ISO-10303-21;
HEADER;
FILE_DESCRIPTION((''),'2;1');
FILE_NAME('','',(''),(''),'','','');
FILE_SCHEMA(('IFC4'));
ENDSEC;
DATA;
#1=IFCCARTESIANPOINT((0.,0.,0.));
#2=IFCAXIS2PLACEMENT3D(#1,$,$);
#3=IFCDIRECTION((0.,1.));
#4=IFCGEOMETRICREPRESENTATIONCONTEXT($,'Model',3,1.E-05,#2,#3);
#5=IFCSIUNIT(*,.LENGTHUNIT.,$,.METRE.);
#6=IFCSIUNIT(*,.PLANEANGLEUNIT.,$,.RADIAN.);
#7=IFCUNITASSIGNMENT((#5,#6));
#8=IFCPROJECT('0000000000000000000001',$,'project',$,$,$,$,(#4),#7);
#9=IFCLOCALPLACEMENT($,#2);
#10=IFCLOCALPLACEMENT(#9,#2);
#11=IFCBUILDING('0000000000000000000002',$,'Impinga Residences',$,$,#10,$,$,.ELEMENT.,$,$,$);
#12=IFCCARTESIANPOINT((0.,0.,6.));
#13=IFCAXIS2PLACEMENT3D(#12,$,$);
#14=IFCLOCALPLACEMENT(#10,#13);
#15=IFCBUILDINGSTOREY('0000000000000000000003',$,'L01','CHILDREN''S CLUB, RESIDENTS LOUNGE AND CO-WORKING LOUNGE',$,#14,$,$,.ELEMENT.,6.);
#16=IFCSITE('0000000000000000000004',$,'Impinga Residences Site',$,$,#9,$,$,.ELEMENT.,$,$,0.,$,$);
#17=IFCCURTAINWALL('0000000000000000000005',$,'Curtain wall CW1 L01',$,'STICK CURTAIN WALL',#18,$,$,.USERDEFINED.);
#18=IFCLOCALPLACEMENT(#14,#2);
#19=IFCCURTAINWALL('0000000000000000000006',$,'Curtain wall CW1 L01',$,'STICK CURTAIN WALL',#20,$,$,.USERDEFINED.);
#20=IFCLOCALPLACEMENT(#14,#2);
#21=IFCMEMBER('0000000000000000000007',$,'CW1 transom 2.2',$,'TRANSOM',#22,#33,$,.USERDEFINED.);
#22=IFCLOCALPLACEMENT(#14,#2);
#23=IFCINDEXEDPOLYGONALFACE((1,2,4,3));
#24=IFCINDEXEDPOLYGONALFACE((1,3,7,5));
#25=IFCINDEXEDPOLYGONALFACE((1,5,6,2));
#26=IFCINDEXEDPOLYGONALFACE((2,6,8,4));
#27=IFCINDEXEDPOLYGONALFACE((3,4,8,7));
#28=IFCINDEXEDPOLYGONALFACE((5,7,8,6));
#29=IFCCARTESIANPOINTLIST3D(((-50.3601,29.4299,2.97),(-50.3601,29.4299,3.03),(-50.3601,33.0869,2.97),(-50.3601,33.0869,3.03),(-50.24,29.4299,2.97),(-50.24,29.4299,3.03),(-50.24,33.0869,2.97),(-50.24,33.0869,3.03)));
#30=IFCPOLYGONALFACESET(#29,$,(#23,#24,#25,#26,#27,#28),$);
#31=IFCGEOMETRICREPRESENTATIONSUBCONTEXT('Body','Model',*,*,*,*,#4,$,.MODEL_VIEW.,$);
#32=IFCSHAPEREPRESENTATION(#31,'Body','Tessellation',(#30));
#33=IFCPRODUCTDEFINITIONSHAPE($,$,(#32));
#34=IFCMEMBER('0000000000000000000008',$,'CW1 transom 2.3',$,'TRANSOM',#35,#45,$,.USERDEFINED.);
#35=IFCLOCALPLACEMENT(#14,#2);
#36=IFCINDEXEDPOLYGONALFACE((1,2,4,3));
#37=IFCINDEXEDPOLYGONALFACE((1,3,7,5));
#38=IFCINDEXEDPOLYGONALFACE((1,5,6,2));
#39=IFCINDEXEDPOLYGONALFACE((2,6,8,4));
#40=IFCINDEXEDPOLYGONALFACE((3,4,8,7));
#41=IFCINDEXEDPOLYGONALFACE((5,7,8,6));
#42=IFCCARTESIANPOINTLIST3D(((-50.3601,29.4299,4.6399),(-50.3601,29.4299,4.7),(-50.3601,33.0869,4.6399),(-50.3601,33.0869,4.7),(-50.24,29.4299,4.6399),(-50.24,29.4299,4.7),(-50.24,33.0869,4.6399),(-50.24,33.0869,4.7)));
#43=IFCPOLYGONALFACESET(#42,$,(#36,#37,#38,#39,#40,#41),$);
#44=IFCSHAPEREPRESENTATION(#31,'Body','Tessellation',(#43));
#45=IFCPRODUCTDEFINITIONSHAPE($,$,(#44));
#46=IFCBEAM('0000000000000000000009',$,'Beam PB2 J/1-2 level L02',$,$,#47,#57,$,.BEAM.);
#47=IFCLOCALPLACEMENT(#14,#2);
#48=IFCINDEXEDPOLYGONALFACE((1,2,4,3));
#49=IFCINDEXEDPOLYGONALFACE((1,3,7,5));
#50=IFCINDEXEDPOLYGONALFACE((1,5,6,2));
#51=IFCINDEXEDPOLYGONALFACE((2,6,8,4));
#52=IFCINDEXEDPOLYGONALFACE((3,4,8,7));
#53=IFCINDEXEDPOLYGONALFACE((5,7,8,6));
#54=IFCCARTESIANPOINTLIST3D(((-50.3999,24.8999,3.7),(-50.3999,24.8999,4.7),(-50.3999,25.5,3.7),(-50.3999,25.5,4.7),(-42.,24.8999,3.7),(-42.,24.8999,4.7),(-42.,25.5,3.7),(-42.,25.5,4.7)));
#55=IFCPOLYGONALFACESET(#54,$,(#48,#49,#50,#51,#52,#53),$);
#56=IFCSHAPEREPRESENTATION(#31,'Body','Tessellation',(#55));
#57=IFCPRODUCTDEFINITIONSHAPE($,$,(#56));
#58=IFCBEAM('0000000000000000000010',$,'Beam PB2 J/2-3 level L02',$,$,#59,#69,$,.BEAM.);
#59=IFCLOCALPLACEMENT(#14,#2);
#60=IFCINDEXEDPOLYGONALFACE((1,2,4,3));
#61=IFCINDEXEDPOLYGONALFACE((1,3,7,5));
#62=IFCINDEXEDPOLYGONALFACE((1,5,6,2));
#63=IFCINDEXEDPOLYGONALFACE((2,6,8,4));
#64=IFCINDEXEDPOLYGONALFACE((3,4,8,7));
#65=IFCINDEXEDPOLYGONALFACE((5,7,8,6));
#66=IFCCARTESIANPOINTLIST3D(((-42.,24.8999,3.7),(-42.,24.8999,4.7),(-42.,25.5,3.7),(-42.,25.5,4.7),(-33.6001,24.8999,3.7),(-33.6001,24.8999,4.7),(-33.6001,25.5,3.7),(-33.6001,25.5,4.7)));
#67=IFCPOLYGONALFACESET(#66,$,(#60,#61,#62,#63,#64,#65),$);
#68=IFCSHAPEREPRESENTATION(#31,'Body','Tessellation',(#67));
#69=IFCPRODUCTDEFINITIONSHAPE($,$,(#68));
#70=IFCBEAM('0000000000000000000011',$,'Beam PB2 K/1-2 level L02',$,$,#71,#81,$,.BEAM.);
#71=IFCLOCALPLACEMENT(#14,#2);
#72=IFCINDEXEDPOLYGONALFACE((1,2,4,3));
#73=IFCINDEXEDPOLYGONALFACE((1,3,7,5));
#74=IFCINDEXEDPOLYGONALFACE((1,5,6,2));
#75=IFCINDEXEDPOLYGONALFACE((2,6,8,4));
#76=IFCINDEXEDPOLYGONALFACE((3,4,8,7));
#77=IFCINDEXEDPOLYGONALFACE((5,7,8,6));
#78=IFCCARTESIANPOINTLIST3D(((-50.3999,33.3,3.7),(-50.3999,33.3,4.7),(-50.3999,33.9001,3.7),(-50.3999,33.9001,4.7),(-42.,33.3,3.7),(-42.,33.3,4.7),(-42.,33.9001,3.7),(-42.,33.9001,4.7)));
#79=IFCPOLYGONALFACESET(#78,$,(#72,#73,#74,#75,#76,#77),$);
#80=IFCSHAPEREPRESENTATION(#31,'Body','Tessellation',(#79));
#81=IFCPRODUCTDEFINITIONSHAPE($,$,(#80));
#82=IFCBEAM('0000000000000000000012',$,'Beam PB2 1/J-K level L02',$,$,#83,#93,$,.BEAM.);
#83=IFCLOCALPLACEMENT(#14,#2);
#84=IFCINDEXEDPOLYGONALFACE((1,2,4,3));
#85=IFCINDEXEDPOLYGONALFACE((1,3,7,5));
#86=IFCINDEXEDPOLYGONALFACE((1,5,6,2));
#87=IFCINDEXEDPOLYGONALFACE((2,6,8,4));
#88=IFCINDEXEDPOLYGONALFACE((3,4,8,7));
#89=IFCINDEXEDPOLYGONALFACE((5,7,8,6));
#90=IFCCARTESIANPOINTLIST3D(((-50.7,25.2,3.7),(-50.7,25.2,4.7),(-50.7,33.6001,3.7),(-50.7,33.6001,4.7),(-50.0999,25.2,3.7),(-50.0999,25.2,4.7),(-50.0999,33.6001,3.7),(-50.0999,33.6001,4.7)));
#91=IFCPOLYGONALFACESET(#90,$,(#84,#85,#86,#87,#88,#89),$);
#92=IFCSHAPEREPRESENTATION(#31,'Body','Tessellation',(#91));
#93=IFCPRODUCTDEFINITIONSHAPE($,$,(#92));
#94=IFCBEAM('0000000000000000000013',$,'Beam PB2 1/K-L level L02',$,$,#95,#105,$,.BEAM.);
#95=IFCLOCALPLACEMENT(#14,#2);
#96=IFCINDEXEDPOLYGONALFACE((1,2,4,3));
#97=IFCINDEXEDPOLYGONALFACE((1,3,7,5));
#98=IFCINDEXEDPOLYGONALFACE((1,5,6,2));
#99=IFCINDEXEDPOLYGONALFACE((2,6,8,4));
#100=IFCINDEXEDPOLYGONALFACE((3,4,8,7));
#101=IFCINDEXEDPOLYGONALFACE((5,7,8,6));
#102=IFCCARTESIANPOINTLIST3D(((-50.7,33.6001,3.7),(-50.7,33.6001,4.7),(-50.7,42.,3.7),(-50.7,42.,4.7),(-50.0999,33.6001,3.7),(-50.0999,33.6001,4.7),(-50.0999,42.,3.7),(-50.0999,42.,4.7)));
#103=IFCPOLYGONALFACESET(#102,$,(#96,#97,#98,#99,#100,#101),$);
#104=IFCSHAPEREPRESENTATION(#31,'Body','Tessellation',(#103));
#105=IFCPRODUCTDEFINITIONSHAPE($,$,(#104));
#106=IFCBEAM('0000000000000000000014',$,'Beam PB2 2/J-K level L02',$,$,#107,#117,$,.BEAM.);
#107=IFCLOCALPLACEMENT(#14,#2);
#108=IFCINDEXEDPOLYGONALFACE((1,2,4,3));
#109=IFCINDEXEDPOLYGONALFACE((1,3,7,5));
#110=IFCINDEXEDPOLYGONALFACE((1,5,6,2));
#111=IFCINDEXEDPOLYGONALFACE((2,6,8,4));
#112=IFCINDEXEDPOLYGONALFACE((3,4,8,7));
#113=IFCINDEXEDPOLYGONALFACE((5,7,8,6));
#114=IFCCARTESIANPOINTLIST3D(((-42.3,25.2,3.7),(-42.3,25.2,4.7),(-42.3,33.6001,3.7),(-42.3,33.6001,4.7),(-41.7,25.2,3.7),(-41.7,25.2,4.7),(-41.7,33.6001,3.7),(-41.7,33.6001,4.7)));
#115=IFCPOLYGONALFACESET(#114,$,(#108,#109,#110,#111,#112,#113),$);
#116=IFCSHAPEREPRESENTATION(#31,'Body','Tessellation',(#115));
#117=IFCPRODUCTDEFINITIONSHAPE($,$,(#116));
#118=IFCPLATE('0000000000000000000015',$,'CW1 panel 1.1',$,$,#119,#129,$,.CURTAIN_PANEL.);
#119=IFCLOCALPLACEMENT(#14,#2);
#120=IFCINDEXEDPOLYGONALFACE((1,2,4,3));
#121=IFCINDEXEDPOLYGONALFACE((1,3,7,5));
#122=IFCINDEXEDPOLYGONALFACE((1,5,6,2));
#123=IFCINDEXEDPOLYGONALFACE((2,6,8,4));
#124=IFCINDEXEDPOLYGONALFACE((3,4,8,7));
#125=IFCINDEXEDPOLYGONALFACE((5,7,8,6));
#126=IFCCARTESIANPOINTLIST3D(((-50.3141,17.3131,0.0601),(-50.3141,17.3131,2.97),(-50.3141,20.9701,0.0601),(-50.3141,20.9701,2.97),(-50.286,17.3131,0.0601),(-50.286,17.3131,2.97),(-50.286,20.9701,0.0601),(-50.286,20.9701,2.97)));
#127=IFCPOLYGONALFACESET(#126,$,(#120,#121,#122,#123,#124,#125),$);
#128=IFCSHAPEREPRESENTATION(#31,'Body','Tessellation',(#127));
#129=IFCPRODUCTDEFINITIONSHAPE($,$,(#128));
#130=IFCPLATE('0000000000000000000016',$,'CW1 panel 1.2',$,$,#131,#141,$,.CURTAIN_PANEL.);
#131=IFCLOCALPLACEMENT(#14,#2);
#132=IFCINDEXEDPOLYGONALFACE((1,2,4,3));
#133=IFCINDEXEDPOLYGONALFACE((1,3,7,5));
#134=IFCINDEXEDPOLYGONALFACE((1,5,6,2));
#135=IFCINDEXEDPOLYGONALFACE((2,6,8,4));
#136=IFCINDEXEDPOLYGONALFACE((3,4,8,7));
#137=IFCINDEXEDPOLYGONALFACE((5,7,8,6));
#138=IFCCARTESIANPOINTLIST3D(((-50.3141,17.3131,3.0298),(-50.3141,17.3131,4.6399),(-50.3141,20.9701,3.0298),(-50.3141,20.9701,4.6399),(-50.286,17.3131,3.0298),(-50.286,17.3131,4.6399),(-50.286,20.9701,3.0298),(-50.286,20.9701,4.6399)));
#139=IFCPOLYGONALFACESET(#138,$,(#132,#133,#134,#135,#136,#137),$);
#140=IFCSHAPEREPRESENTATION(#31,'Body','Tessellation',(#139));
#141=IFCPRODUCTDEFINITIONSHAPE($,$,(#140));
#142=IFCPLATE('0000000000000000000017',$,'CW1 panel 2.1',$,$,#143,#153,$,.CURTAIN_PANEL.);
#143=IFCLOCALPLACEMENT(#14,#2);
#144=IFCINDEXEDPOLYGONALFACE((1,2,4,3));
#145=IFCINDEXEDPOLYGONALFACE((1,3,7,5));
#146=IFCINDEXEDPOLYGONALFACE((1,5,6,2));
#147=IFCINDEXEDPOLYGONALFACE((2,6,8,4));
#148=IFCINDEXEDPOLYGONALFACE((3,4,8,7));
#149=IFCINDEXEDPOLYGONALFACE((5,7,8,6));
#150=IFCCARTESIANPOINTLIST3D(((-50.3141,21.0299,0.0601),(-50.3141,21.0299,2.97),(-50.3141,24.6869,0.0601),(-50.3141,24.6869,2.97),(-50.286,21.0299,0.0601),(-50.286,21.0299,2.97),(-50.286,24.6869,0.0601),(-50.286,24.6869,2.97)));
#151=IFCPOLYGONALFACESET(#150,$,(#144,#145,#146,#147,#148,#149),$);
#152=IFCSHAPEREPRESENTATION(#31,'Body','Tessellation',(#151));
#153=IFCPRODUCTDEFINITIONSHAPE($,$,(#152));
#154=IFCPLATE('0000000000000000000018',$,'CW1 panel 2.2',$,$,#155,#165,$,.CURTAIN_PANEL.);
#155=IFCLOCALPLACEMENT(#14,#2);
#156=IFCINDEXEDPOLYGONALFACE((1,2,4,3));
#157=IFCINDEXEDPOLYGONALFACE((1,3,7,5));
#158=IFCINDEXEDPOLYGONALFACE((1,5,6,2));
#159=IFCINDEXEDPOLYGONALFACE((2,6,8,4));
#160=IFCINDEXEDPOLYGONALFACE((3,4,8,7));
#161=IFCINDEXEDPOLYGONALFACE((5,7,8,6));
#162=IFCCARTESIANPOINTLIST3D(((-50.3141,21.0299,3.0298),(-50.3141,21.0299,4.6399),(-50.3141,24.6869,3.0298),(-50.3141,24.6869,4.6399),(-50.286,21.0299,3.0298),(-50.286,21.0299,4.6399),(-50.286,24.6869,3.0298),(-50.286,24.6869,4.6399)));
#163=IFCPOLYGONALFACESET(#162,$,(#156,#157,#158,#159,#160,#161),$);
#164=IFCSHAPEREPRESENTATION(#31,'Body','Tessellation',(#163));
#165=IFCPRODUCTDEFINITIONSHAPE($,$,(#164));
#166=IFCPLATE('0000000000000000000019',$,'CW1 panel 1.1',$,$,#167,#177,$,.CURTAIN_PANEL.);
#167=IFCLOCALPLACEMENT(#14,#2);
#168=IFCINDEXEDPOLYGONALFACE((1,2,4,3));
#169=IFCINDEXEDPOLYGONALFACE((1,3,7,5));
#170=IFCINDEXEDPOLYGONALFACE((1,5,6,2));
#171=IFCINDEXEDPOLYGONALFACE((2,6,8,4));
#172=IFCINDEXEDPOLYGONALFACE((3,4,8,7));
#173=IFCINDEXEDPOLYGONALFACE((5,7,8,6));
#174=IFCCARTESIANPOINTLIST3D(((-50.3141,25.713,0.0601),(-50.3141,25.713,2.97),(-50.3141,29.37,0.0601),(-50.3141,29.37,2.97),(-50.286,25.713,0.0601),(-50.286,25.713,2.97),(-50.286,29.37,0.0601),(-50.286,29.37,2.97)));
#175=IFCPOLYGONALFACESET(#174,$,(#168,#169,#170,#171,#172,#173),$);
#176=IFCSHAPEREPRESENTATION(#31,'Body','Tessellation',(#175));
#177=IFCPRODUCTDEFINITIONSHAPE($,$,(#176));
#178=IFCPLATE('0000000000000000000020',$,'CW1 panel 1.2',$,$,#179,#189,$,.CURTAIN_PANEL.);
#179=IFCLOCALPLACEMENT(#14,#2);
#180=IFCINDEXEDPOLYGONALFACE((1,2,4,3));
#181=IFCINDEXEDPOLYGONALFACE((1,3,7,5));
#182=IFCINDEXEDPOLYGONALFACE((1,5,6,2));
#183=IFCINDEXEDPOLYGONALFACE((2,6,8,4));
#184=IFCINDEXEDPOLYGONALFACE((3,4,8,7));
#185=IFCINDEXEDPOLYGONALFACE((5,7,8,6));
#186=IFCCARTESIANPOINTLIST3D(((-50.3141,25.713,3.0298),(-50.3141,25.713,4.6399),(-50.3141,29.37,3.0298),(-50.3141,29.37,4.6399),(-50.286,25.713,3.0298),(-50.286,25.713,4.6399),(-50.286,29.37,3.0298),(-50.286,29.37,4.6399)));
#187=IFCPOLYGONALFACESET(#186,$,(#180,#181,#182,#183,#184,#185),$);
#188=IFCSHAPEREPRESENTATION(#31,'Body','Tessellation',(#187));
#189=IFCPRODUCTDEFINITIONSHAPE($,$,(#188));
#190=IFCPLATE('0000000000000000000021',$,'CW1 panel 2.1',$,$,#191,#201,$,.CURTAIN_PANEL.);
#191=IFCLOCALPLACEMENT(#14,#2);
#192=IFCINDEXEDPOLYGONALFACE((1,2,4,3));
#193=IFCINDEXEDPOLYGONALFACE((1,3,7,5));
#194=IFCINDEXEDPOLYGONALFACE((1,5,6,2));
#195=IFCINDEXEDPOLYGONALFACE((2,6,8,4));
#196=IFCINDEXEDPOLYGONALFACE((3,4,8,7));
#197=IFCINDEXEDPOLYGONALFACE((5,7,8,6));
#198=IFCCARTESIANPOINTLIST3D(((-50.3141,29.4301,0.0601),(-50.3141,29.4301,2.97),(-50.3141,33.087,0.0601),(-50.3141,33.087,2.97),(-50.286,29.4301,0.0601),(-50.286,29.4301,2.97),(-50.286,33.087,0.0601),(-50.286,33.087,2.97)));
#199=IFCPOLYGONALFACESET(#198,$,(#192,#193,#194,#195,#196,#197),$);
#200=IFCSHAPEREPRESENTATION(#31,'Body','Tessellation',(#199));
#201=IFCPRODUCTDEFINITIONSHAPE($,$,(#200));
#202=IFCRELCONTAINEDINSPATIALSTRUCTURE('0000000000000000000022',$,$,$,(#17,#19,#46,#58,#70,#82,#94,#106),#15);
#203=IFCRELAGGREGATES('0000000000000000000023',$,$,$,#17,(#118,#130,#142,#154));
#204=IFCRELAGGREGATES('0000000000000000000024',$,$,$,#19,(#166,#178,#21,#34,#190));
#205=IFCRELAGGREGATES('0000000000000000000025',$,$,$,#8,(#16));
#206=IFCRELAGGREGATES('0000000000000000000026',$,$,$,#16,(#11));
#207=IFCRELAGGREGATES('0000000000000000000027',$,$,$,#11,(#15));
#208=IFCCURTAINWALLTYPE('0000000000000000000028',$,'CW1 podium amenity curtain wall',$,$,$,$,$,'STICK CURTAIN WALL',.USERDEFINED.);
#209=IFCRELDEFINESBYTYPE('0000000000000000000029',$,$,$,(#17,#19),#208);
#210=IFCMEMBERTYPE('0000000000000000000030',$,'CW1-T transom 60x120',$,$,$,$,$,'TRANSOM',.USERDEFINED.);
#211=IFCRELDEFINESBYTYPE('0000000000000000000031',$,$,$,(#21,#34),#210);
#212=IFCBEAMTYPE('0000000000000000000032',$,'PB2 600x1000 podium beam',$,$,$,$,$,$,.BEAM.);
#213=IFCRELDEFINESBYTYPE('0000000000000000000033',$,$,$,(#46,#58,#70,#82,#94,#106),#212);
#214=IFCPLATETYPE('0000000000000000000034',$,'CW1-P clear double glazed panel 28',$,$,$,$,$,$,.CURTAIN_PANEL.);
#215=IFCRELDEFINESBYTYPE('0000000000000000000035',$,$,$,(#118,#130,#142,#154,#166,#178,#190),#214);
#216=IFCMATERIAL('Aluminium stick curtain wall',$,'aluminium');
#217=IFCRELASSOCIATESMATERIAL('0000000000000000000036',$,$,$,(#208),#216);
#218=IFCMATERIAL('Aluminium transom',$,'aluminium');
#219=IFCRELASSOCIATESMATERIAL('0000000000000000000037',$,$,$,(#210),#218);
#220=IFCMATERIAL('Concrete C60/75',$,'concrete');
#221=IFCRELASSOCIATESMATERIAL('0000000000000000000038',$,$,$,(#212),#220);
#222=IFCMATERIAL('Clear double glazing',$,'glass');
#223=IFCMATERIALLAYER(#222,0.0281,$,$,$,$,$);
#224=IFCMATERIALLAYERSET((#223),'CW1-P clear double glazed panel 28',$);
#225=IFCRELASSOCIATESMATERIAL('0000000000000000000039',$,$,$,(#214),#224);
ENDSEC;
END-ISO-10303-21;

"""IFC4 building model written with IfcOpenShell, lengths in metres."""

from ifc_helpers import new_model, si_unit, direction, frame, origin, origin_2d, place, context, subcontext, project, spatial, rectangle, extrude, material, layer, layer_set, material_profile, profile_set, type_object, element, aggregate, save


model = new_model("IFC4")

# Units and contexts
model_context = context("Model", 3, precision=1e-05, world=origin(), true_north=direction((0.0, 1.0)))
body_context = subcontext(model_context, "Body", "Model", "MODEL_VIEW")
ifc_project = project(units=[si_unit("LENGTHUNIT", "METRE"), si_unit("PLANEANGLEUNIT", "RADIAN")], contexts=[model_context])

# Site, building, storey
site_placement = place(None, origin())
site = spatial("IfcSite", under=ifc_project, at=site_placement, Name="Impinga Residences Site", CompositionType="ELEMENT", RefElevation=0.0)
building_placement = place(site_placement, origin())
building = spatial("IfcBuilding", under=site, at=building_placement, Name="Impinga Residences", CompositionType="ELEMENT")
storey_placement = place(building_placement, frame((0.0, 0.0, 6.0)))
storey = spatial("IfcBuildingStorey", under=building, at=storey_placement, Name="L01", Description="CHILDREN'S CLUB, RESIDENTS LOUNGE AND CO-WORKING LOUNGE", CompositionType="ELEMENT", Elevation=6.0)

# Curtain walls
ifc_material_1 = material(Name="Aluminium stick curtain wall", Category="aluminium")
curtain_wall_type = type_object("IfcCurtainWallType", Name="CW1 podium amenity curtain wall", ElementType="STICK CURTAIN WALL", PredefinedType="USERDEFINED", material=ifc_material_1)
curtain_wall_1_placement = place(storey_placement, origin())
curtain_wall_1 = element("IfcCurtainWall", 1, at=curtain_wall_1_placement, inside=storey, type_object=curtain_wall_type, Name="Curtain wall CW1 L01", ObjectType="STICK CURTAIN WALL", PredefinedType="USERDEFINED")
curtain_wall_2_placement = place(storey_placement, origin())
curtain_wall_2 = element("IfcCurtainWall", 2, at=curtain_wall_2_placement, inside=storey, type_object=curtain_wall_type, Name="Curtain wall CW1 L01", ObjectType="STICK CURTAIN WALL", PredefinedType="USERDEFINED")

# Members
ifc_material_2 = material(Name="Aluminium transom", Category="aluminium")
ifc_material_profile_1 = material_profile(ifc_material_2, rectangle(XDim=0.0601, YDim=0.1201, at=origin_2d()), Name="60x120 transom")
ifc_profile_set_1 = profile_set([ifc_material_profile_1], Name="Aluminium transom")
member_type_1 = type_object("IfcMemberType", Name="CW1-T transom 60x120", ElementType="TRANSOM", PredefinedType="USERDEFINED", material=ifc_profile_set_1)
member_1_placement = place(storey_placement, frame((-50.3, 29.4299, 3.0), z_axis=(0.0, 1.0, 0.0), x_axis=(0.0, 0.0, 1.0)))
member_1 = element("IfcMember", 3, at=member_1_placement, type_object=member_type_1, Name="CW1 transom 2.2", ObjectType="TRANSOM", PredefinedType="USERDEFINED", context=body_context, shape_type="SweptSolid", body=[
    extrude(rectangle(XDim=0.0601, YDim=0.1201, at=origin_2d()), origin(), (0.0, 0.0, 1.0), 3.657),
])
member_2_placement = place(storey_placement, frame((-50.3, 29.4299, 4.6699), z_axis=(0.0, 1.0, 0.0), x_axis=(0.0, 0.0, 1.0)))
member_2 = element("IfcMember", 4, at=member_2_placement, type_object=member_type_1, Name="CW1 transom 2.3", ObjectType="TRANSOM", PredefinedType="USERDEFINED", context=body_context, shape_type="SweptSolid", body=[
    extrude(rectangle(XDim=0.0601, YDim=0.1201, at=origin_2d()), origin(), (0.0, 0.0, 1.0), 3.657),
])

# Beams
ifc_material_3 = material(Name="Concrete C60/75", Category="concrete")
ifc_material_profile_2 = material_profile(ifc_material_3, rectangle(XDim=0.6001, YDim=1.0, at=origin_2d()), Name="RC 600x1000")
ifc_profile_set_2 = profile_set([ifc_material_profile_2], Name="Concrete C60/75")
beam_type = type_object("IfcBeamType", Name="PB2 600x1000 podium beam", PredefinedType="BEAM", material=ifc_profile_set_2)
for number, where, z_axis, x_axis, name in (
    (5, (-50.3999, 25.2, 4.2), (1.0, 0.0, 0.0), (0.0, 1.0, 0.0), "Beam PB2 J/1-2 level L02"),
    (6, (-42.0, 25.2, 4.2), (1.0, 0.0, 0.0), (0.0, 1.0, 0.0), "Beam PB2 J/2-3 level L02"),
    (7, (-50.3999, 33.6001, 4.2), (1.0, 0.0, 0.0), (0.0, 1.0, 0.0), "Beam PB2 K/1-2 level L02"),
):
    element("IfcBeam", number, at=place(storey_placement, frame(where, z_axis=z_axis, x_axis=x_axis)), inside=storey, type_object=beam_type, Name=name, PredefinedType="BEAM", context=body_context, shape_type="SweptSolid", body=[
        extrude(rectangle(XDim=0.6001, YDim=1.0, at=origin_2d()), origin(), (0.0, 0.0, 1.0), 8.3999),
    ])
beam_1_placement = place(storey_placement, frame((-50.3999, 25.2, 4.2), z_axis=(0.0, 1.0, 0.0), x_axis=(-1.0, 0.0, 0.0)))
element("IfcBeam", 8, at=beam_1_placement, inside=storey, type_object=beam_type, Name="Beam PB2 1/J-K level L02", PredefinedType="BEAM", context=body_context, shape_type="SweptSolid", body=[
    extrude(rectangle(XDim=0.6001, YDim=1.0, at=origin_2d()), origin(), (0.0, 0.0, 1.0), 8.4001),
])
beam_2_placement = place(storey_placement, frame((-50.3999, 33.6001, 4.2), z_axis=(0.0, 1.0, 0.0), x_axis=(-1.0, 0.0, 0.0)))
element("IfcBeam", 9, at=beam_2_placement, inside=storey, type_object=beam_type, Name="Beam PB2 1/K-L level L02", PredefinedType="BEAM", context=body_context, shape_type="SweptSolid", body=[
    extrude(rectangle(XDim=0.6001, YDim=1.0, at=origin_2d()), origin(), (0.0, 0.0, 1.0), 8.3999),
])
beam_3_placement = place(storey_placement, frame((-42.0, 25.2, 4.2), z_axis=(0.0, 1.0, 0.0), x_axis=(-1.0, 0.0, 0.0)))
element("IfcBeam", 10, at=beam_3_placement, inside=storey, type_object=beam_type, Name="Beam PB2 2/J-K level L02", PredefinedType="BEAM", context=body_context, shape_type="SweptSolid", body=[
    extrude(rectangle(XDim=0.6001, YDim=1.0, at=origin_2d()), origin(), (0.0, 0.0, 1.0), 8.4001),
])

# Plates
ifc_material_4 = material(Name="Clear double glazing", Category="glass")
ifc_layer_1 = layer(ifc_material_4, 0.0281)
ifc_layer_set_1 = layer_set([ifc_layer_1], Name="CW1-P clear double glazed panel 28")
plate_type = type_object("IfcPlateType", Name="CW1-P clear double glazed panel 28", PredefinedType="CURTAIN_PANEL", material=ifc_layer_set_1)
plate_1_placement = place(storey_placement, frame((-50.3, 19.1416, 0.0601), z_axis=(0.0, 0.0, 1.0), x_axis=(0.0, 1.0, 0.0)))
plate_1 = element("IfcPlate", 11, at=plate_1_placement, type_object=plate_type, Name="CW1 panel 1.1", PredefinedType="CURTAIN_PANEL", context=body_context, shape_type="SweptSolid", body=[
    extrude(rectangle(XDim=3.657, YDim=0.0281, at=origin_2d()), origin(), (0.0, 0.0, 1.0), 2.9099),
])
plate_2_placement = place(storey_placement, frame((-50.3, 19.1416, 3.0298), z_axis=(0.0, 0.0, 1.0), x_axis=(0.0, 1.0, 0.0)))
plate_2 = element("IfcPlate", 12, at=plate_2_placement, type_object=plate_type, Name="CW1 panel 1.2", PredefinedType="CURTAIN_PANEL", context=body_context, shape_type="SweptSolid", body=[
    extrude(rectangle(XDim=3.657, YDim=0.0281, at=origin_2d()), origin(), (0.0, 0.0, 1.0), 1.6101),
])
plate_3_placement = place(storey_placement, frame((-50.3, 22.8584, 0.0601), z_axis=(0.0, 0.0, 1.0), x_axis=(0.0, 1.0, 0.0)))
plate_3 = element("IfcPlate", 13, at=plate_3_placement, type_object=plate_type, Name="CW1 panel 2.1", PredefinedType="CURTAIN_PANEL", context=body_context, shape_type="SweptSolid", body=[
    extrude(rectangle(XDim=3.657, YDim=0.0281, at=origin_2d()), origin(), (0.0, 0.0, 1.0), 2.9099),
])
plate_4_placement = place(storey_placement, frame((-50.3, 22.8584, 3.0298), z_axis=(0.0, 0.0, 1.0), x_axis=(0.0, 1.0, 0.0)))
plate_4 = element("IfcPlate", 14, at=plate_4_placement, type_object=plate_type, Name="CW1 panel 2.2", PredefinedType="CURTAIN_PANEL", context=body_context, shape_type="SweptSolid", body=[
    extrude(rectangle(XDim=3.657, YDim=0.0281, at=origin_2d()), origin(), (0.0, 0.0, 1.0), 1.6101),
])
aggregate(curtain_wall_1, [plate_1, plate_2, plate_3, plate_4])
plate_5_placement = place(storey_placement, frame((-50.3, 27.5415, 0.0601), z_axis=(0.0, 0.0, 1.0), x_axis=(0.0, 1.0, 0.0)))
plate_5 = element("IfcPlate", 15, at=plate_5_placement, type_object=plate_type, Name="CW1 panel 1.1", PredefinedType="CURTAIN_PANEL", context=body_context, shape_type="SweptSolid", body=[
    extrude(rectangle(XDim=3.657, YDim=0.0281, at=origin_2d()), origin(), (0.0, 0.0, 1.0), 2.9099),
])
plate_6_placement = place(storey_placement, frame((-50.3, 27.5415, 3.0298), z_axis=(0.0, 0.0, 1.0), x_axis=(0.0, 1.0, 0.0)))
plate_6 = element("IfcPlate", 16, at=plate_6_placement, type_object=plate_type, Name="CW1 panel 1.2", PredefinedType="CURTAIN_PANEL", context=body_context, shape_type="SweptSolid", body=[
    extrude(rectangle(XDim=3.657, YDim=0.0281, at=origin_2d()), origin(), (0.0, 0.0, 1.0), 1.6101),
])
plate_7_placement = place(storey_placement, frame((-50.3, 31.2585, 0.0601), z_axis=(0.0, 0.0, 1.0), x_axis=(0.0, 1.0, 0.0)))
plate_7 = element("IfcPlate", 17, at=plate_7_placement, type_object=plate_type, Name="CW1 panel 2.1", PredefinedType="CURTAIN_PANEL", context=body_context, shape_type="SweptSolid", body=[
    extrude(rectangle(XDim=3.657, YDim=0.0281, at=origin_2d()), origin(), (0.0, 0.0, 1.0), 2.9099),
])
aggregate(curtain_wall_2, [plate_5, plate_6, member_1, member_2, plate_7])

save(model, "model.ifc")
